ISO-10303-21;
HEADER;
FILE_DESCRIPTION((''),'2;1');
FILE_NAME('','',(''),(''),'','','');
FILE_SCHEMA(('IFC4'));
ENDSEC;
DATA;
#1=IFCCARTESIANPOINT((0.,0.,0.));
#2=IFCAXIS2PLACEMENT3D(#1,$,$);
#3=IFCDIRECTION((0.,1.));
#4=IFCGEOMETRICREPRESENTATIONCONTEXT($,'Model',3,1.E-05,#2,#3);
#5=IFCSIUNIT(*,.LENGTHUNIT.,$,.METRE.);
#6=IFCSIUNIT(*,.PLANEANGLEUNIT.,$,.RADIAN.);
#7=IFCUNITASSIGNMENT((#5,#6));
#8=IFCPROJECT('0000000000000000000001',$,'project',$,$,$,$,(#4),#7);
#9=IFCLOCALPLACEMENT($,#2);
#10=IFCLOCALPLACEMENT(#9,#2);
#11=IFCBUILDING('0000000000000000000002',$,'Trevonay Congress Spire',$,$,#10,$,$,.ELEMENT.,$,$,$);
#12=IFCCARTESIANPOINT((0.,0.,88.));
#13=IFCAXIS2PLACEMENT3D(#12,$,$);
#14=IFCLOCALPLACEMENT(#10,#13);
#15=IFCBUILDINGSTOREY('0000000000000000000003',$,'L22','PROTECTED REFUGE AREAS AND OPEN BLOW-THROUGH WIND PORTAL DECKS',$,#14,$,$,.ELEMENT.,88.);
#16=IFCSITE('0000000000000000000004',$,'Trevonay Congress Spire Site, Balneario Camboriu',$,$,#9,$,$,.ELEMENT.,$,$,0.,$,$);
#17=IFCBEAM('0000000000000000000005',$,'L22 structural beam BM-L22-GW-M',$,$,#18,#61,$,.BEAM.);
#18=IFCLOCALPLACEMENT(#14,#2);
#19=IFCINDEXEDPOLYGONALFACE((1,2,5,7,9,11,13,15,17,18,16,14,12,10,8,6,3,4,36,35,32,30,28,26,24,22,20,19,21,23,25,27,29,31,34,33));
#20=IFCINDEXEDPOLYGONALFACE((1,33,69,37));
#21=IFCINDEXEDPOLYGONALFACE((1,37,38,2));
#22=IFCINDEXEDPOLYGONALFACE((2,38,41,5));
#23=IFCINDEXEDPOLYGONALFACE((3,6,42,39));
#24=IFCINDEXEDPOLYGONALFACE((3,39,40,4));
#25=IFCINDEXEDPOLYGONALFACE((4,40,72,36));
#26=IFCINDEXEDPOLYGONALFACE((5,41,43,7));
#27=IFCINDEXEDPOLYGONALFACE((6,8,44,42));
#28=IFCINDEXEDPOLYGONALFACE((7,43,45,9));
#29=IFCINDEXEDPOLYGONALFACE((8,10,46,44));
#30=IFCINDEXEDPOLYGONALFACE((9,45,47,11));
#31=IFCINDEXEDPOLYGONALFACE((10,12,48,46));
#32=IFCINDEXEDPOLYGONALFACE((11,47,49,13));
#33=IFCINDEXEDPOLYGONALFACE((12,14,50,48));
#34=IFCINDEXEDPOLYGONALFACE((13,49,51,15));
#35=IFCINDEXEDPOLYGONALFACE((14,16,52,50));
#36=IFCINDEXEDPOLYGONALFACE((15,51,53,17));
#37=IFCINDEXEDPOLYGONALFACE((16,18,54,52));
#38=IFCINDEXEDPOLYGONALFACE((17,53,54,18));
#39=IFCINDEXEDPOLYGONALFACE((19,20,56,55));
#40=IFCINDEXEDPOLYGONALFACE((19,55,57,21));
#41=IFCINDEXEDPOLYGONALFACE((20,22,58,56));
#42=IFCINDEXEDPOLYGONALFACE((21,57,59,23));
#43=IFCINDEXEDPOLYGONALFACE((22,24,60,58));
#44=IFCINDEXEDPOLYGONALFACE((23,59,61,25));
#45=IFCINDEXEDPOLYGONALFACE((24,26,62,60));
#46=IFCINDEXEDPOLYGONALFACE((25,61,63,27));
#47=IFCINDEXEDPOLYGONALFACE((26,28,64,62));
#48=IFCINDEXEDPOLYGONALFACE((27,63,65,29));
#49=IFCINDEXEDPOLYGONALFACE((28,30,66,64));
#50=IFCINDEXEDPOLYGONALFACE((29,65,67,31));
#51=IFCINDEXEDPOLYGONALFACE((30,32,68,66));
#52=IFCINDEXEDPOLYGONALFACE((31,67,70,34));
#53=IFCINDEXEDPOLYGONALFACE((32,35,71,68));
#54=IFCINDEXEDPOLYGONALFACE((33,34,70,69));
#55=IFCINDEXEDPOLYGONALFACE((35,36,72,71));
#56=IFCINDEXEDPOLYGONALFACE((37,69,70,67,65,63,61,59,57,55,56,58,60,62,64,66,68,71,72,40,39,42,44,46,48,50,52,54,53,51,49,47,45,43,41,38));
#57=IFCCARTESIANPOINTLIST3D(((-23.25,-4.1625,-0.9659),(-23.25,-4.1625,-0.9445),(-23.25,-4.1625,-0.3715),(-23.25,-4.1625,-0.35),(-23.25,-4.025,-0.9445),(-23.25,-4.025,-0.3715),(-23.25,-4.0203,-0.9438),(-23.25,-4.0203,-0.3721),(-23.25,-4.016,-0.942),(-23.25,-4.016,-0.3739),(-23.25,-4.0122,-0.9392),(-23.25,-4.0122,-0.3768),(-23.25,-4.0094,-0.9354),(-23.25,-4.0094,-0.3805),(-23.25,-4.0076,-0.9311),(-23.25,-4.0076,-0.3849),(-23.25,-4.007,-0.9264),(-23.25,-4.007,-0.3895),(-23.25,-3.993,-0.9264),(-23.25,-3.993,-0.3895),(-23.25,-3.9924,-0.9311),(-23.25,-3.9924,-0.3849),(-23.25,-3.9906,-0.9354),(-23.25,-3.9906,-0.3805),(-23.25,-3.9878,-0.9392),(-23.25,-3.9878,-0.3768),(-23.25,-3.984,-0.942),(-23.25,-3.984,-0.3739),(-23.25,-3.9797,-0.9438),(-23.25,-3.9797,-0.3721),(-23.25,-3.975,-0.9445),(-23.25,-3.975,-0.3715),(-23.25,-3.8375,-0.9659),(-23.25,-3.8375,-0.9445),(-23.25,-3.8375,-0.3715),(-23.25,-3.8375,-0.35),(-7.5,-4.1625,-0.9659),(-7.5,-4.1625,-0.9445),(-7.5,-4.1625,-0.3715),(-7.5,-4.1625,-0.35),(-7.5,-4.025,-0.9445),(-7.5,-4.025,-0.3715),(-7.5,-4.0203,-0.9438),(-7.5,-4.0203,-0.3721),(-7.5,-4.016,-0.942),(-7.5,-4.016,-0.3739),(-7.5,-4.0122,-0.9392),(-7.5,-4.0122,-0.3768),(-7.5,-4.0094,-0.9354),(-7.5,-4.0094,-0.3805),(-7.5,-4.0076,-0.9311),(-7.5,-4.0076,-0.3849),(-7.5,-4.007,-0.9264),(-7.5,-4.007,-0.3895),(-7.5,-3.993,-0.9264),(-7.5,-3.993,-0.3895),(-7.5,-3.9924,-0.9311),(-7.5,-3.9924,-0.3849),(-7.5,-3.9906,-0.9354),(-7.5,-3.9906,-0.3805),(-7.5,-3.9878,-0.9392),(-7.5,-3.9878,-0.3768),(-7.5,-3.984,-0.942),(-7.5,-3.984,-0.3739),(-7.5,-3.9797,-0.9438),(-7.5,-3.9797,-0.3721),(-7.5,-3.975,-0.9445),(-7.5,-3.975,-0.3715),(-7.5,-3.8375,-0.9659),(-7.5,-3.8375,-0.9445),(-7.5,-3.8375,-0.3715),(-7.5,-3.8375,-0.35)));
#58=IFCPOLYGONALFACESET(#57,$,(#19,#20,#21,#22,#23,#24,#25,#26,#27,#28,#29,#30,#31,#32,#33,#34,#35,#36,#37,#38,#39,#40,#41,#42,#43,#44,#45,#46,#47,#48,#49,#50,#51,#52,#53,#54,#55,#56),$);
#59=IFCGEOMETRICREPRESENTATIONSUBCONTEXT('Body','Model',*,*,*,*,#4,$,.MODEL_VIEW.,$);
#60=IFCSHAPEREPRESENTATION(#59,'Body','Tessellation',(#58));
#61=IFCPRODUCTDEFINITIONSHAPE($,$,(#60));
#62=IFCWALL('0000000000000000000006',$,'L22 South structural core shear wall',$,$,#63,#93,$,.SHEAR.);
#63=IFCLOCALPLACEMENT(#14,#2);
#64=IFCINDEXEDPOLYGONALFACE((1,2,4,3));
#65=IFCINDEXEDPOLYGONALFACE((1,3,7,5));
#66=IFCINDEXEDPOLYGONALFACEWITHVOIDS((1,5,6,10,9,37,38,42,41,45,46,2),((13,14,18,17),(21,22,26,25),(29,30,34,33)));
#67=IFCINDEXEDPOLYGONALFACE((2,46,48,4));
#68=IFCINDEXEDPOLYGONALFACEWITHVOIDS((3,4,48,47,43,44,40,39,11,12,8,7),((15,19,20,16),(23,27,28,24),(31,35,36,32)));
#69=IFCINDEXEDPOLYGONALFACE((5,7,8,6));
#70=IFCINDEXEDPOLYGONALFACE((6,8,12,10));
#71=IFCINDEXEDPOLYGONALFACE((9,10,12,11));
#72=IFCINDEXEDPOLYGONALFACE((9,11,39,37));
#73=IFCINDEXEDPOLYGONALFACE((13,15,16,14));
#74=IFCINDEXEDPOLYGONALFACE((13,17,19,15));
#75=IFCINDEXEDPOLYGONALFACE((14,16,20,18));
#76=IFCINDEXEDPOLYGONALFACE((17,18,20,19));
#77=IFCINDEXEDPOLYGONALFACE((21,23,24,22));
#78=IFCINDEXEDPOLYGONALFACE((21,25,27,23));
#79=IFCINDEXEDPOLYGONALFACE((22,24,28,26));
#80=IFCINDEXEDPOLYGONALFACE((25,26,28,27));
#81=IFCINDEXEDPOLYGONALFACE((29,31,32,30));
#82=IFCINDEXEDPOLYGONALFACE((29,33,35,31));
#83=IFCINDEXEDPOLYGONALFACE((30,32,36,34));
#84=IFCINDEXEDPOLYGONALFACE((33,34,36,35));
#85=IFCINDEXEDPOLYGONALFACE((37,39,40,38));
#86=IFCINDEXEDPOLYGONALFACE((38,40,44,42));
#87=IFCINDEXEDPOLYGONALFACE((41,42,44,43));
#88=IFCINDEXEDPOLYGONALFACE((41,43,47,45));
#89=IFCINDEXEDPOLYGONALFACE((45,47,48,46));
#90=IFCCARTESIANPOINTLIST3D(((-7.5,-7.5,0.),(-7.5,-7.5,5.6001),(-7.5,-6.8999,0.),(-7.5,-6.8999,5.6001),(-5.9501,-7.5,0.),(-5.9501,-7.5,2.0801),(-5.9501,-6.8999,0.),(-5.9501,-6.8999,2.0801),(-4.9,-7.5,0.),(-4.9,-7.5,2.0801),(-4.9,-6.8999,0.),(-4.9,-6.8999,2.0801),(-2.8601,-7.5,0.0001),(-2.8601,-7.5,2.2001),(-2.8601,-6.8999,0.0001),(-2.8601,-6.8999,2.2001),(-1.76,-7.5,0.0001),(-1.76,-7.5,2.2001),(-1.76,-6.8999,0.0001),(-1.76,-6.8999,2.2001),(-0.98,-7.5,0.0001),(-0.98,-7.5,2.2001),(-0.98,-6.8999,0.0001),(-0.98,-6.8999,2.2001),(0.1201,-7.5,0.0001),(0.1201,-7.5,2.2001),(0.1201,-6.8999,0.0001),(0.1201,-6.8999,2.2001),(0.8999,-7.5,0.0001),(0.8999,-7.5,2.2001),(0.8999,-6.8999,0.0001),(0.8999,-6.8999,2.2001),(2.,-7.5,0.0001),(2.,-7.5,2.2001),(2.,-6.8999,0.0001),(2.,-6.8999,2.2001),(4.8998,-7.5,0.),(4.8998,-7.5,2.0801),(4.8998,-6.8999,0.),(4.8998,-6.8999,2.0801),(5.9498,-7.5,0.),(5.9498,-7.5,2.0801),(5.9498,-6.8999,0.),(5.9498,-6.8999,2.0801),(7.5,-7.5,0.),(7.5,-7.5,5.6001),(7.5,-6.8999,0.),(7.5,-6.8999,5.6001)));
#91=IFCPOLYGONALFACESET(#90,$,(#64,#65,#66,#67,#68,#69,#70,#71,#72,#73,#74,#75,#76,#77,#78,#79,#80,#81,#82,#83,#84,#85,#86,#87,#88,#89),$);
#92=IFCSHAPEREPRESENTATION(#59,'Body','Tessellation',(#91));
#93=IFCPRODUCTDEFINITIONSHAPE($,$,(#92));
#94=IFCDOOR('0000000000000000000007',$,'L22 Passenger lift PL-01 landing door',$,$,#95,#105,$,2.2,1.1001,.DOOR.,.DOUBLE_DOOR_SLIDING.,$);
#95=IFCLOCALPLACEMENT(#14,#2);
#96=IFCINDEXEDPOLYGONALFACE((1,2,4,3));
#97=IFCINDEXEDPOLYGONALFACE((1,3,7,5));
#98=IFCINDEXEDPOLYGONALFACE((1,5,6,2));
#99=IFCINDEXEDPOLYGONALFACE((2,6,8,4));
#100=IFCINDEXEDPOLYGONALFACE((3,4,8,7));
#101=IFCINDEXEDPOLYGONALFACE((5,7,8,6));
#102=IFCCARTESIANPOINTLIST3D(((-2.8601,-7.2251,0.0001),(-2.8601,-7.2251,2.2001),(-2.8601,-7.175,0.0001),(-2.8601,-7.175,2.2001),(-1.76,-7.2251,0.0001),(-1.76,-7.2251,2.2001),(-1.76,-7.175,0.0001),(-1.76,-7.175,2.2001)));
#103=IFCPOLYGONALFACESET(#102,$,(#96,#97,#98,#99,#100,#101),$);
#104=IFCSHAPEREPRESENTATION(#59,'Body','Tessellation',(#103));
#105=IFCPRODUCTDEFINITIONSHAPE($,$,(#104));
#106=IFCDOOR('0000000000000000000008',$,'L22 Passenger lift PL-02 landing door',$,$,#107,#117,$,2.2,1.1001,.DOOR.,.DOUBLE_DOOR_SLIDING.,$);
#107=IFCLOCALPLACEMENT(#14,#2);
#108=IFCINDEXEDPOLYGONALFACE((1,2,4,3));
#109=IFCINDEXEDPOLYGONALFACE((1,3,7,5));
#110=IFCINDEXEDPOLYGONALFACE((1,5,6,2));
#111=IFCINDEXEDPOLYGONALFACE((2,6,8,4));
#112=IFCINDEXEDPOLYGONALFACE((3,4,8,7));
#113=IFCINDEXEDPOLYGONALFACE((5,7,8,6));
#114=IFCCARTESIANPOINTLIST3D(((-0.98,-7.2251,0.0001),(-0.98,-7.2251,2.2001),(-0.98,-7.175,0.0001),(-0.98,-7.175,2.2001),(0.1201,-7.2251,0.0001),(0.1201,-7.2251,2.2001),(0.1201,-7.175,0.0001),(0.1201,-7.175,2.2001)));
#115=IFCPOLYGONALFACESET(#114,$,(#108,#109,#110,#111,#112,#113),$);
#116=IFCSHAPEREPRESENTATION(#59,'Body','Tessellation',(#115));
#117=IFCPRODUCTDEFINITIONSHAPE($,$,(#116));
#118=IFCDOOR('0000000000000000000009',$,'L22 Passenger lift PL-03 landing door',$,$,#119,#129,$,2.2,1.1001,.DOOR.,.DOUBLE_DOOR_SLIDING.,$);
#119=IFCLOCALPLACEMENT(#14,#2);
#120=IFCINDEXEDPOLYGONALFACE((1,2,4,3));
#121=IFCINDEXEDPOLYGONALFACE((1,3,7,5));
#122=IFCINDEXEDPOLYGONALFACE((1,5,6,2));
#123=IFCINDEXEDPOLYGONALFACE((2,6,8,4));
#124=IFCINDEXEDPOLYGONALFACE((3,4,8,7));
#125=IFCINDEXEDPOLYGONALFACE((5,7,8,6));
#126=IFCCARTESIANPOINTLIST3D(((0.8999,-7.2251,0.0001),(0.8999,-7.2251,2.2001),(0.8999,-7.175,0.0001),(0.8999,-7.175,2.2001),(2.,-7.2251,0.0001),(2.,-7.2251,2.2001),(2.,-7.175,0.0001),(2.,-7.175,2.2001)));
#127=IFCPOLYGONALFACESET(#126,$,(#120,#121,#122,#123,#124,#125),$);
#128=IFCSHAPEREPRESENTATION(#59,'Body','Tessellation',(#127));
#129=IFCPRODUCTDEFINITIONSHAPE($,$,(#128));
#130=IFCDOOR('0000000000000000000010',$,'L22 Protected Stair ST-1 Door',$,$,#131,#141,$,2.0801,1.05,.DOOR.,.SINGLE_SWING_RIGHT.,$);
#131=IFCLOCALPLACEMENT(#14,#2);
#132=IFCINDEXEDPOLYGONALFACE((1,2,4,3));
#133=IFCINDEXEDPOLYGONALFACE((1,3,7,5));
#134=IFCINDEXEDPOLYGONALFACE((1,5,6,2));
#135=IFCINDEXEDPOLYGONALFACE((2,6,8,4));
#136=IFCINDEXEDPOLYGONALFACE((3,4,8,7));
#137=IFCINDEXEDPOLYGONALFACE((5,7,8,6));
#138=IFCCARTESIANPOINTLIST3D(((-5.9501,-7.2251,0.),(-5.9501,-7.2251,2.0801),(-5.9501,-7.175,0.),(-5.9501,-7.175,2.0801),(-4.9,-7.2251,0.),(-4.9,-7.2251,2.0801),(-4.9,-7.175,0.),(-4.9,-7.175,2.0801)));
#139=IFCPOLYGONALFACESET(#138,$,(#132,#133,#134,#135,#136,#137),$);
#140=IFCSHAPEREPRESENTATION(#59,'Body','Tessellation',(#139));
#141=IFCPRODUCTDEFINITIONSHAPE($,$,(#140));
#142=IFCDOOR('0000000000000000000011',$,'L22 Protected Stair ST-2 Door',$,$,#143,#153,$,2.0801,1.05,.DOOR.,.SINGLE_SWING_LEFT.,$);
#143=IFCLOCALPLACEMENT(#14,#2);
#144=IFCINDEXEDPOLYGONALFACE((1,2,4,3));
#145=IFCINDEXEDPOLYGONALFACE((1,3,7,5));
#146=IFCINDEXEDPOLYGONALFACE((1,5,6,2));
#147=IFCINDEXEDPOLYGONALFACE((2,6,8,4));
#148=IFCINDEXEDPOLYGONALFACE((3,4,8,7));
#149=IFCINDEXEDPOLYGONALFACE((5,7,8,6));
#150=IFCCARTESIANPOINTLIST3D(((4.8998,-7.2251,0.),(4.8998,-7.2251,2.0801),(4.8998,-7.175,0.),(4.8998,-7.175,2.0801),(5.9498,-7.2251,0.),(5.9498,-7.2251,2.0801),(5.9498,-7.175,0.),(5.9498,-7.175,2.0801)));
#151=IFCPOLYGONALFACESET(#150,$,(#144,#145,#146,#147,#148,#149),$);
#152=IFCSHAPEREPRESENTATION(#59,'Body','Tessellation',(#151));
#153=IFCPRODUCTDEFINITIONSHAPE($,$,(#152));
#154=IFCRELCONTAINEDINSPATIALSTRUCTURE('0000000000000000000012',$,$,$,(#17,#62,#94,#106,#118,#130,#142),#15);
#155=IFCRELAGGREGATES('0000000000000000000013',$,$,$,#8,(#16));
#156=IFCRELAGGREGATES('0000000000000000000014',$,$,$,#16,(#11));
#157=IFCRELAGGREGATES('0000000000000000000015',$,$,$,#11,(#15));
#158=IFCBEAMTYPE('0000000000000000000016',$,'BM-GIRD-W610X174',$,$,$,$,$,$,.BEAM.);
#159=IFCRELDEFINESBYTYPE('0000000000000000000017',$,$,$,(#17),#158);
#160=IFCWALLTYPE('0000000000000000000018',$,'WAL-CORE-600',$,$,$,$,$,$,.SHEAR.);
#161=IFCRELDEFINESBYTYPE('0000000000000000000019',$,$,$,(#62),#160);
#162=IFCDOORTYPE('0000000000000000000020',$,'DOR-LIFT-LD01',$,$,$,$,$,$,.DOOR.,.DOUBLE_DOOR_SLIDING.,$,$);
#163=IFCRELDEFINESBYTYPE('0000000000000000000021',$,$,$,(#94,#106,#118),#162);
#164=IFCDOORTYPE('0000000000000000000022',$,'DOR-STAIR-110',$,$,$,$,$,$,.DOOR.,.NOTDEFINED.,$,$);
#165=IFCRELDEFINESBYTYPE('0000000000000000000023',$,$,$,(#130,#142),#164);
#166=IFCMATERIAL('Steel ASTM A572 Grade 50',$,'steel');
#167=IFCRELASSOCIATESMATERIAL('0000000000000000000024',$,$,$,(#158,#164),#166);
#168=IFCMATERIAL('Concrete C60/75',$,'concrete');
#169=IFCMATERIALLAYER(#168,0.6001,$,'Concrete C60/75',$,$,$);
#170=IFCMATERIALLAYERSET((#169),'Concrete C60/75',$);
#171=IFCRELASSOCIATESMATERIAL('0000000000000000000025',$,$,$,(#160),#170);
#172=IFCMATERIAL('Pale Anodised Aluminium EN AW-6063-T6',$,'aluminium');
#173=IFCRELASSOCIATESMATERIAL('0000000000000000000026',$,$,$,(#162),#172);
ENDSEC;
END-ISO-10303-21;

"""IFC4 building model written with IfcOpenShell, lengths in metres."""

from ifc_helpers import new_model, si_unit, direction, frame, frame_2d, origin, origin_2d, place, context, subcontext, project, spatial, rectangle, i_section, extrude, material, layer, layer_set, material_profile, profile_set, type_object, element, fill, save


model = new_model("IFC4")

# Units and contexts
model_context = context("Model", 3, precision=1e-05, world=origin(), true_north=direction((0.0, 1.0)))
body_context = subcontext(model_context, "Body", "Model", "MODEL_VIEW")
ifc_project = project(units=[si_unit("LENGTHUNIT", "METRE"), si_unit("PLANEANGLEUNIT", "RADIAN")], contexts=[model_context])

# Site, building, storey
site_placement = place(None, origin())
site = spatial("IfcSite", under=ifc_project, at=site_placement, Name="Trevonay Congress Spire Site, Balneario Camboriu", CompositionType="ELEMENT", RefElevation=0.0)
building_placement = place(site_placement, origin())
building = spatial("IfcBuilding", under=site, at=building_placement, Name="Trevonay Congress Spire", CompositionType="ELEMENT")
storey_placement = place(building_placement, frame((0.0, 0.0, 88.0)))
storey = spatial("IfcBuildingStorey", under=building, at=storey_placement, Name="L22", Description="PROTECTED REFUGE AREAS AND OPEN BLOW-THROUGH WIND PORTAL DECKS", CompositionType="ELEMENT", Elevation=88.0)

# Shared definitions
ifc_material_1 = material(Name="Steel ASTM A572 Grade 50", Category="steel")

# Beam
ifc_material_profile_1 = material_profile(ifc_material_1, i_section(OverallWidth=0.325, OverallDepth=0.616, WebThickness=0.0139, FlangeThickness=0.0215, FilletRadius=0.0181, at=origin_2d()), Name="W610x174")
ifc_profile_set_1 = profile_set([ifc_material_profile_1], Name="Steel ASTM A572 Grade 50")
beam_type_1 = type_object("IfcBeamType", Name="BM-GIRD-W610X174", PredefinedType="BEAM", material=ifc_profile_set_1)
for number, where, z_axis, x_axis, name in (
    (1, (-7.5, -4.0, -0.658), (-1.0, 0.0, 0.0), (0.0, -1.0, 0.0), "L22 structural beam BM-L22-GW-M"),
):
    element("IfcBeam", number, at=place(storey_placement, frame(where, z_axis=z_axis, x_axis=x_axis)), inside=storey, type_object=beam_type_1, Name=name, PredefinedType="BEAM", context=body_context, shape_type="SweptSolid", body=[
        extrude(i_section(OverallWidth=0.325, OverallDepth=0.616, WebThickness=0.0139, FlangeThickness=0.0215, FilletRadius=0.0181, at=origin_2d()), origin(), (0.0, 0.0, 1.0), 15.75),
    ])

# Wall, openings, doors
ifc_material_2 = material(Name="Concrete C60/75", Category="concrete")
ifc_layer_1 = layer(ifc_material_2, 0.6001, Name="Concrete C60/75")
ifc_layer_set_1 = layer_set([ifc_layer_1], Name="Concrete C60/75")
wall_type_1 = type_object("IfcWallType", Name="WAL-CORE-600", PredefinedType="SHEAR", material=ifc_layer_set_1)
wall_1_placement = place(storey_placement, frame((-7.5, -7.2, 0.0), z_axis=(0.0, 0.0, 1.0), x_axis=(1.0, 0.0, 0.0)))
wall_1 = element("IfcWall", 2, at=wall_1_placement, inside=storey, type_object=wall_type_1, Name="L22 South structural core shear wall", PredefinedType="SHEAR", context=body_context, shape_type="SweptSolid", body=[
    extrude(rectangle(XDim=15.0, YDim=0.6001, at=frame_2d((7.5, 0.0))), origin(), (0.0, 0.0, 1.0), 5.6001),
])
opening_1_placement = place(wall_1_placement, frame((1.55, 0.0, 0.0)))
opening_1 = element("IfcOpeningElement", 3, at=opening_1_placement, cuts=wall_1, PredefinedType="OPENING", context=body_context, shape_type="SweptSolid", body=[
    extrude(rectangle(XDim=1.05, YDim=2.0801, at=frame_2d((0.5249, 1.04))), frame((0.0, 0.3101, 0.0), z_axis=(0.0, -1.0, 0.0), x_axis=(1.0, 0.0, 0.0)), (0.0, 0.0, 1.0), 0.6201),
])
opening_2_placement = place(wall_1_placement, frame((12.3999, 0.0, 0.0)))
opening_2 = element("IfcOpeningElement", 4, at=opening_2_placement, cuts=wall_1, PredefinedType="OPENING", context=body_context, shape_type="SweptSolid", body=[
    extrude(rectangle(XDim=1.05, YDim=2.0801, at=frame_2d((0.5249, 1.04))), frame((0.0, 0.3101, 0.0), z_axis=(0.0, -1.0, 0.0), x_axis=(1.0, 0.0, 0.0)), (0.0, 0.0, 1.0), 0.6201),
])
opening_3_placement = place(wall_1_placement, frame((4.6399, 0.0, 0.0)))
opening_3 = element("IfcOpeningElement", 5, at=opening_3_placement, cuts=wall_1, PredefinedType="OPENING", context=body_context, shape_type="SweptSolid", body=[
    extrude(rectangle(XDim=1.1001, YDim=2.2, at=frame_2d((0.55, 1.1001))), frame((0.0, 0.3101, 0.0), z_axis=(0.0, -1.0, 0.0), x_axis=(1.0, 0.0, 0.0)), (0.0, 0.0, 1.0), 0.6201),
])
opening_4_placement = place(wall_1_placement, frame((6.52, 0.0, 0.0)))
opening_4 = element("IfcOpeningElement", 6, at=opening_4_placement, cuts=wall_1, PredefinedType="OPENING", context=body_context, shape_type="SweptSolid", body=[
    extrude(rectangle(XDim=1.1001, YDim=2.2, at=frame_2d((0.55, 1.1001))), frame((0.0, 0.3101, 0.0), z_axis=(0.0, -1.0, 0.0), x_axis=(1.0, 0.0, 0.0)), (0.0, 0.0, 1.0), 0.6201),
])
opening_5_placement = place(wall_1_placement, frame((8.3999, 0.0, 0.0)))
opening_5 = element("IfcOpeningElement", 7, at=opening_5_placement, cuts=wall_1, PredefinedType="OPENING", context=body_context, shape_type="SweptSolid", body=[
    extrude(rectangle(XDim=1.1001, YDim=2.2, at=frame_2d((0.55, 1.1001))), frame((0.0, 0.3101, 0.0), z_axis=(0.0, -1.0, 0.0), x_axis=(1.0, 0.0, 0.0)), (0.0, 0.0, 1.0), 0.6201),
])
ifc_material_3 = material(Name="Pale Anodised Aluminium EN AW-6063-T6", Category="aluminium")
door_type_1 = type_object("IfcDoorType", Name="DOR-LIFT-LD01", OperationType="DOUBLE_DOOR_SLIDING", PredefinedType="DOOR", material=ifc_material_3)
door_1_placement = place(opening_3_placement, origin())
door_1 = element("IfcDoor", 8, at=door_1_placement, inside=storey, type_object=door_type_1, Name="L22 Passenger lift PL-01 landing door", OperationType="DOUBLE_DOOR_SLIDING", OverallHeight=2.2, OverallWidth=1.1001, PredefinedType="DOOR", context=body_context, shape_type="SweptSolid", body=[
    extrude(rectangle(XDim=1.1001, YDim=2.2, at=frame_2d((0.55, 1.1001))), frame((0.0, 0.0249, 0.0), z_axis=(0.0, -1.0, 0.0), x_axis=(1.0, 0.0, 0.0)), (0.0, 0.0, 1.0), 0.05),
])
fill(opening_3, door_1)
door_2_placement = place(opening_4_placement, origin())
door_2 = element("IfcDoor", 9, at=door_2_placement, inside=storey, type_object=door_type_1, Name="L22 Passenger lift PL-02 landing door", OperationType="DOUBLE_DOOR_SLIDING", OverallHeight=2.2, OverallWidth=1.1001, PredefinedType="DOOR", context=body_context, shape_type="SweptSolid", body=[
    extrude(rectangle(XDim=1.1001, YDim=2.2, at=frame_2d((0.55, 1.1001))), frame((0.0, 0.0249, 0.0), z_axis=(0.0, -1.0, 0.0), x_axis=(1.0, 0.0, 0.0)), (0.0, 0.0, 1.0), 0.05),
])
fill(opening_4, door_2)
door_3_placement = place(opening_5_placement, origin())
door_3 = element("IfcDoor", 10, at=door_3_placement, inside=storey, type_object=door_type_1, Name="L22 Passenger lift PL-03 landing door", OperationType="DOUBLE_DOOR_SLIDING", OverallHeight=2.2, OverallWidth=1.1001, PredefinedType="DOOR", context=body_context, shape_type="SweptSolid", body=[
    extrude(rectangle(XDim=1.1001, YDim=2.2, at=frame_2d((0.55, 1.1001))), frame((0.0, 0.0249, 0.0), z_axis=(0.0, -1.0, 0.0), x_axis=(1.0, 0.0, 0.0)), (0.0, 0.0, 1.0), 0.05),
])
fill(opening_5, door_3)
door_type_2 = type_object("IfcDoorType", Name="DOR-STAIR-110", OperationType="NOTDEFINED", PredefinedType="DOOR", material=ifc_material_1)
door_4_placement = place(opening_1_placement, origin())
door_4 = element("IfcDoor", 11, at=door_4_placement, inside=storey, type_object=door_type_2, Name="L22 Protected Stair ST-1 Door", OperationType="SINGLE_SWING_RIGHT", OverallHeight=2.0801, OverallWidth=1.05, PredefinedType="DOOR", context=body_context, shape_type="SweptSolid", body=[
    extrude(rectangle(XDim=1.05, YDim=2.0801, at=frame_2d((0.5249, 1.04))), frame((0.0, 0.0249, 0.0), z_axis=(0.0, -1.0, 0.0), x_axis=(1.0, 0.0, 0.0)), (0.0, 0.0, 1.0), 0.05),
])
fill(opening_1, door_4)
door_5_placement = place(opening_2_placement, origin())
door_5 = element("IfcDoor", 12, at=door_5_placement, inside=storey, type_object=door_type_2, Name="L22 Protected Stair ST-2 Door", OperationType="SINGLE_SWING_LEFT", OverallHeight=2.0801, OverallWidth=1.05, PredefinedType="DOOR", context=body_context, shape_type="SweptSolid", body=[
    extrude(rectangle(XDim=1.05, YDim=2.0801, at=frame_2d((0.5249, 1.04))), frame((0.0, 0.0249, 0.0), z_axis=(0.0, -1.0, 0.0), x_axis=(1.0, 0.0, 0.0)), (0.0, 0.0, 1.0), 0.05),
])
fill(opening_2, door_5)

save(model, "model.ifc")
